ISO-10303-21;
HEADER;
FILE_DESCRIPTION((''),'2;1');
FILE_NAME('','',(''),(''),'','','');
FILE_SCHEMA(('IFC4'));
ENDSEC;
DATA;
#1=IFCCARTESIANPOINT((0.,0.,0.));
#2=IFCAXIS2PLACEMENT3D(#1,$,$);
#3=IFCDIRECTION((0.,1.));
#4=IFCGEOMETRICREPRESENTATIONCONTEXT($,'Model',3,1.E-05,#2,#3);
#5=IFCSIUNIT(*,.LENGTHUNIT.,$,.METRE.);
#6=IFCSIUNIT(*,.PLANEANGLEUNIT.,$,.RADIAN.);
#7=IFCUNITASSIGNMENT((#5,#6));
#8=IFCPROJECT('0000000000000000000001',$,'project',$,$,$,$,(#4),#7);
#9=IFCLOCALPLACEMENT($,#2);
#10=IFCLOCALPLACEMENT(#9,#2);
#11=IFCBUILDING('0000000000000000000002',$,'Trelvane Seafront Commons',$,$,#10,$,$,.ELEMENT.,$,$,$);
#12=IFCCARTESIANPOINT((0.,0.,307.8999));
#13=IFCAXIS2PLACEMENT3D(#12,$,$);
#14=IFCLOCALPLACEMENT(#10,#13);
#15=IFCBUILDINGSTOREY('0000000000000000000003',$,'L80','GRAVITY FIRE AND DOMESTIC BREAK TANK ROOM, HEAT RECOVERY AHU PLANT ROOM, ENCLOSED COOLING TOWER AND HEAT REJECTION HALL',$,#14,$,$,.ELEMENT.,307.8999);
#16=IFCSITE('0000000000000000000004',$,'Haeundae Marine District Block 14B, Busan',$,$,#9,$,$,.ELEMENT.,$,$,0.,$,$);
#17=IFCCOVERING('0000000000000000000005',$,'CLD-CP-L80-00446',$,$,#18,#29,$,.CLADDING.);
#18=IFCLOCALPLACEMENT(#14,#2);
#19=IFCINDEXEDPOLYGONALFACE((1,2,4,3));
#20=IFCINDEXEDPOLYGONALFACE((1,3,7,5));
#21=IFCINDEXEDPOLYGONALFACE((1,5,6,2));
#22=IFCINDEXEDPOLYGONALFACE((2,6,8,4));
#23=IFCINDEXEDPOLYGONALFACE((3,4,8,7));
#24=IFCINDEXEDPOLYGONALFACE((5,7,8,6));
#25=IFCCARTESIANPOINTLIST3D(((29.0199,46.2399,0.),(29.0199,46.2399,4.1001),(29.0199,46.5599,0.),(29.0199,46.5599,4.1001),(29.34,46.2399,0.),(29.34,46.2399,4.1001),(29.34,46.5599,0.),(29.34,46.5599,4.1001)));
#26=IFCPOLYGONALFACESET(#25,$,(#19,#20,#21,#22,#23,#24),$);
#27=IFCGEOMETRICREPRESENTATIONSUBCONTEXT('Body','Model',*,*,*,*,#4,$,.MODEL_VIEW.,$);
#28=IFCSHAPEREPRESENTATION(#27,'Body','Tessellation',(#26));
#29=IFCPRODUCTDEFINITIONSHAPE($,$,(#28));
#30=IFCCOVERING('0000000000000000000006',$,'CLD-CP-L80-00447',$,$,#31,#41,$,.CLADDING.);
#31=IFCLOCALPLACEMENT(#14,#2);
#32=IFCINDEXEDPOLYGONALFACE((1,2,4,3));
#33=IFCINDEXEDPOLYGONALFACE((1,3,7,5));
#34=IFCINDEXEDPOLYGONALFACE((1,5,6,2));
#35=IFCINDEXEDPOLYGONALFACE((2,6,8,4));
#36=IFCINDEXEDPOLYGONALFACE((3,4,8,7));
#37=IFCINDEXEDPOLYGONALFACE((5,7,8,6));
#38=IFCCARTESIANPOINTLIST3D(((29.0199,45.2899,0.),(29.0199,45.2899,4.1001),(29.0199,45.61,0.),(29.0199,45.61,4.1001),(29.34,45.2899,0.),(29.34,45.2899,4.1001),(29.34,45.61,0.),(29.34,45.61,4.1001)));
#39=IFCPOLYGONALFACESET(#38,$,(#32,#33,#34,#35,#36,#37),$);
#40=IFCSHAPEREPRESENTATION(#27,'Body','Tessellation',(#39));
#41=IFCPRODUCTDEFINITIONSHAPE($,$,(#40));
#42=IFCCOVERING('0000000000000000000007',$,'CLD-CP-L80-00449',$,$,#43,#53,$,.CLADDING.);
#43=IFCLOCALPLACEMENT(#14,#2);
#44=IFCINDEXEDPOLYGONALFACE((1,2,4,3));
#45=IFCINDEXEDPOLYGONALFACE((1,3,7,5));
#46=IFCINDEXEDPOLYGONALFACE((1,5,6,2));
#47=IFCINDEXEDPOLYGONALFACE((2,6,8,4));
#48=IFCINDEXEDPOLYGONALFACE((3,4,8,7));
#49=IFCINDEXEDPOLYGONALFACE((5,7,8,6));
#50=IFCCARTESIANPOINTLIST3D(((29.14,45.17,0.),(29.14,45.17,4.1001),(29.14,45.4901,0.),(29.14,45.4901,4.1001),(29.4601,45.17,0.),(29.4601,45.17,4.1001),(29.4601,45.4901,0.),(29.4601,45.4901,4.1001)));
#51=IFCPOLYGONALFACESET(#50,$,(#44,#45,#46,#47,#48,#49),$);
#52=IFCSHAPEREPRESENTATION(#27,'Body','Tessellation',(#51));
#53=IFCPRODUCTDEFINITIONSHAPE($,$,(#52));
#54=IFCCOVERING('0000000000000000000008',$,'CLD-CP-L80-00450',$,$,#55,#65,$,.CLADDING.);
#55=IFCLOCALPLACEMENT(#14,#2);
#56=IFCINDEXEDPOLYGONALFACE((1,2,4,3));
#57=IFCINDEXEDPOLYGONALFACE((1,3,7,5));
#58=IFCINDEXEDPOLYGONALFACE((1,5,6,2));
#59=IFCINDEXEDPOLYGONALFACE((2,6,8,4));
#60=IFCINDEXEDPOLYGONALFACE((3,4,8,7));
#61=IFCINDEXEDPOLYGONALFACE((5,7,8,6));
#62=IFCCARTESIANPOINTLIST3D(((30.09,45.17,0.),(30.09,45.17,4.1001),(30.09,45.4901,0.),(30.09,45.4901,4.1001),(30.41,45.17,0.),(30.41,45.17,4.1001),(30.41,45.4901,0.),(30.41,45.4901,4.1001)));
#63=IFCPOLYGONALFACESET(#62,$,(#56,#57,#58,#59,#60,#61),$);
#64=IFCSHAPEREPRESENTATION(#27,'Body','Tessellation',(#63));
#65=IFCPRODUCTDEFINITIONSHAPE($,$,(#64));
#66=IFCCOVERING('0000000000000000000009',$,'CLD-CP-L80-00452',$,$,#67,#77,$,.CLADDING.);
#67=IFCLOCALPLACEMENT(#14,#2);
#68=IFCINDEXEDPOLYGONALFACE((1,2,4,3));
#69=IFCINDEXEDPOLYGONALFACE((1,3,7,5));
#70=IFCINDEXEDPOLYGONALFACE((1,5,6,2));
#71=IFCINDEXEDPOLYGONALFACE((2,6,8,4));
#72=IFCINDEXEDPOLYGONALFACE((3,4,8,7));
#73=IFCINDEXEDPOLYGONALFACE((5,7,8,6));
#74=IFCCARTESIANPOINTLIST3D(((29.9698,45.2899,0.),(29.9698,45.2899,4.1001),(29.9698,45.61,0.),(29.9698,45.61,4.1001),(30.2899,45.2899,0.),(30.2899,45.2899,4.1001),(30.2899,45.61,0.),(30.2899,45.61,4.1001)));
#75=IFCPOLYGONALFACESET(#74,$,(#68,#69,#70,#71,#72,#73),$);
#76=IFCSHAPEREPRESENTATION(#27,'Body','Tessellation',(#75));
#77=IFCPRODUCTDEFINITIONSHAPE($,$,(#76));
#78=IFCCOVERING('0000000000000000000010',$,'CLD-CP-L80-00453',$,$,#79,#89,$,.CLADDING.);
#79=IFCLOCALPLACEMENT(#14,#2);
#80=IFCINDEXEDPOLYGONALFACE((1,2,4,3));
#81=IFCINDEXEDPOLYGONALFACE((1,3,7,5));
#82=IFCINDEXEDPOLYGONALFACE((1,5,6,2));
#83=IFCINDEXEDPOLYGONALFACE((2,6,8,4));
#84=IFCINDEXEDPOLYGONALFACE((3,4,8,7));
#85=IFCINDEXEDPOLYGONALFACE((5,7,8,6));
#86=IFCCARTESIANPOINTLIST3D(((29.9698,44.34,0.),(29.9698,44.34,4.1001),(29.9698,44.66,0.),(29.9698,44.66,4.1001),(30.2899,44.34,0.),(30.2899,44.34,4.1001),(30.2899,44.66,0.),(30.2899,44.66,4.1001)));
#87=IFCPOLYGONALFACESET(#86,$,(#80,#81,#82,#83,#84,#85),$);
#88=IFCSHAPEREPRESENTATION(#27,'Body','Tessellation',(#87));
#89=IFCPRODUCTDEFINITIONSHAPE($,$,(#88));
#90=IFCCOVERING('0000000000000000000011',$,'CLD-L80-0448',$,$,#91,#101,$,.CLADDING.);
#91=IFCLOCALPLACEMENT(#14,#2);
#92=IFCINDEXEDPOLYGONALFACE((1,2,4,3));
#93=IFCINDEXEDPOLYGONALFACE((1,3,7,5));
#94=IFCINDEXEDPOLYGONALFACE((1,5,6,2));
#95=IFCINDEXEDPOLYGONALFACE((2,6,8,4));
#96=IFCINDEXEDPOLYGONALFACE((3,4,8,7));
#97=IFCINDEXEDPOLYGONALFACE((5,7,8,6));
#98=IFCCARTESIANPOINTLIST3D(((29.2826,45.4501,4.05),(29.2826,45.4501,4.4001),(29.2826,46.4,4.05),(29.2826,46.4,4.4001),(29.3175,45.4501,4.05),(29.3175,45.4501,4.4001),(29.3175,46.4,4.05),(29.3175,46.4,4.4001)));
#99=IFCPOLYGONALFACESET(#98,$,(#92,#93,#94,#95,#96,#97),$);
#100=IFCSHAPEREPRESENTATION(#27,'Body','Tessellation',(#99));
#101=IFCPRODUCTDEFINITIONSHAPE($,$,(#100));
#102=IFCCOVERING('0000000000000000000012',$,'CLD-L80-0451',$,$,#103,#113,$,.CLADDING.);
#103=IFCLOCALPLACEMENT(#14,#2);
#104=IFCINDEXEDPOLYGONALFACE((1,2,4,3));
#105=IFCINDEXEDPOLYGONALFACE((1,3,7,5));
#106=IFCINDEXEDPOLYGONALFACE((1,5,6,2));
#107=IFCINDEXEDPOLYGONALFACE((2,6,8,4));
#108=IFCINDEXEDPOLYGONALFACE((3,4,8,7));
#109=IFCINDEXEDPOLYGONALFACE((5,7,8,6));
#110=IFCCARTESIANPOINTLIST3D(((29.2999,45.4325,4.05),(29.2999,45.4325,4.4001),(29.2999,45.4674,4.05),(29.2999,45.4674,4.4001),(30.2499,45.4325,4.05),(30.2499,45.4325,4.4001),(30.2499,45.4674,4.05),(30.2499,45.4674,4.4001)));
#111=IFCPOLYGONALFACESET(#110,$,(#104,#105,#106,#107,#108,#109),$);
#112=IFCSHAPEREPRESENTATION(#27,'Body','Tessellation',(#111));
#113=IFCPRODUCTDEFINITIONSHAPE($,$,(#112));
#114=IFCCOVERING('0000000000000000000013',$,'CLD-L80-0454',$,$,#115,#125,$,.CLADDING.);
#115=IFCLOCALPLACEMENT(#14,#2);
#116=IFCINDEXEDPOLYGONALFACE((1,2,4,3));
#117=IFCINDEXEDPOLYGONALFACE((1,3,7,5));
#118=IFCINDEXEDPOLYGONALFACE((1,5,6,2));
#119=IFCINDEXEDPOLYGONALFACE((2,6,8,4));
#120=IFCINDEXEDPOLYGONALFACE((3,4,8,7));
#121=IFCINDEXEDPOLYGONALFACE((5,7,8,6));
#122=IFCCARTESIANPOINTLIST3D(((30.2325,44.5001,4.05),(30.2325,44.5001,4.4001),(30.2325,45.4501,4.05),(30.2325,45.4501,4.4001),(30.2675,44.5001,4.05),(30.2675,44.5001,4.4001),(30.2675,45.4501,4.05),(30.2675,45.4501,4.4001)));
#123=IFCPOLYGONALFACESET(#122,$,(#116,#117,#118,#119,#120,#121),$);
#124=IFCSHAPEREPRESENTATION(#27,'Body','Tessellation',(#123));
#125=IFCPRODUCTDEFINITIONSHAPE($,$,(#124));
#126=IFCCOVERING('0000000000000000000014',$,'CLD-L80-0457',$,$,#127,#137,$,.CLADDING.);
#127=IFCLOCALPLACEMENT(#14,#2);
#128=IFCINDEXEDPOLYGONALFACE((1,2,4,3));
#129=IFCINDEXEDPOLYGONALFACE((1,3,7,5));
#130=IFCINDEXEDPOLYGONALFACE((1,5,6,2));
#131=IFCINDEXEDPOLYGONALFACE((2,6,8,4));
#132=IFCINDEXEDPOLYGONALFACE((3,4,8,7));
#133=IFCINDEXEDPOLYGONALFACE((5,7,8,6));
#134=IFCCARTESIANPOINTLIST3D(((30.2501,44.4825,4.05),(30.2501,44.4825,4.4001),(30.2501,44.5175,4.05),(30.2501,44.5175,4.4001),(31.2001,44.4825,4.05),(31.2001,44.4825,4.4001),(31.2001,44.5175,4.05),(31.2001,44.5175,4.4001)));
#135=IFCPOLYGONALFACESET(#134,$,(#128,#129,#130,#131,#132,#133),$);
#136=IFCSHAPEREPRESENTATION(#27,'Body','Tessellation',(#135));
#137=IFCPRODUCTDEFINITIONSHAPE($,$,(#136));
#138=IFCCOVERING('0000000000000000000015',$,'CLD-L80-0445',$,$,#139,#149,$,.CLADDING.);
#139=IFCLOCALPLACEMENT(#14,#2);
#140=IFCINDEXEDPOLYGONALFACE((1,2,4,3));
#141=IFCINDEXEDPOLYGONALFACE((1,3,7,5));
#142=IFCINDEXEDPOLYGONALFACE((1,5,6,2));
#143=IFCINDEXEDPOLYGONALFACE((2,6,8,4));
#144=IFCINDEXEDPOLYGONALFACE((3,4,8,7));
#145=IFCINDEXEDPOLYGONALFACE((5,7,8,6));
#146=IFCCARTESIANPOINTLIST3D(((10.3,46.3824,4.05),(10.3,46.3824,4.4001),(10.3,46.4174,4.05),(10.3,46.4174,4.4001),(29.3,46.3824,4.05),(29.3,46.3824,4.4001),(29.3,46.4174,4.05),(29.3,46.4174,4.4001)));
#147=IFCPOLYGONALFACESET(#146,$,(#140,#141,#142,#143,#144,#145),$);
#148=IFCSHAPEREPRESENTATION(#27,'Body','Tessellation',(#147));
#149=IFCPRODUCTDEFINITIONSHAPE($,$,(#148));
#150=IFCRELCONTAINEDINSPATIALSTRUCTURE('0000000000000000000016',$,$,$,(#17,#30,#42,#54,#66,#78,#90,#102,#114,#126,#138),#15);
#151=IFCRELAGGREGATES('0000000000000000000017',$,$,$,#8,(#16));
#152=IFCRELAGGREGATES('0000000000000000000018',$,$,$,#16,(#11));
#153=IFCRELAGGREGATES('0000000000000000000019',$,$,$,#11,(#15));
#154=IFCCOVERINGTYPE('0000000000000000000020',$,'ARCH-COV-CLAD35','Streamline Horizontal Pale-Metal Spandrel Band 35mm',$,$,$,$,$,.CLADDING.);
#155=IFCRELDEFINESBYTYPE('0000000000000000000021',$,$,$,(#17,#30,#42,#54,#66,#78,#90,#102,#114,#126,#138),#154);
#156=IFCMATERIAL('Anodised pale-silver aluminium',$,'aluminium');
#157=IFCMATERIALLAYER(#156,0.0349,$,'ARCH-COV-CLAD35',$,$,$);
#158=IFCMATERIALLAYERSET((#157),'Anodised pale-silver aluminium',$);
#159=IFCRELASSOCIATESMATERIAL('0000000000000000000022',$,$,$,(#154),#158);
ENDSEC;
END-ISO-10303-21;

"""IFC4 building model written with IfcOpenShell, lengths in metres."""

from ifc_helpers import new_model, si_unit, direction, frame, origin, origin_2d, place, context, subcontext, project, spatial, rectangle, extrude, source, transform, mapped, material, layer, layer_set, type_object, element, save


model = new_model("IFC4")

# Units and contexts
model_context = context("Model", 3, precision=1e-05, world=origin(), true_north=direction((0.0, 1.0)))
body_context = subcontext(model_context, "Body", "Model", "MODEL_VIEW")
ifc_project = project(units=[si_unit("LENGTHUNIT", "METRE"), si_unit("PLANEANGLEUNIT", "RADIAN")], contexts=[model_context])

# Site, building, storey
site_placement = place(None, origin())
site = spatial("IfcSite", under=ifc_project, at=site_placement, Name="Haeundae Marine District Block 14B, Busan", CompositionType="ELEMENT", RefElevation=0.0)
building_placement = place(site_placement, origin())
building = spatial("IfcBuilding", under=site, at=building_placement, Name="Trelvane Seafront Commons", CompositionType="ELEMENT")
storey_placement = place(building_placement, frame((0.0, 0.0, 307.8999)))
storey = spatial("IfcBuildingStorey", under=building, at=storey_placement, Name="L80", Description="GRAVITY FIRE AND DOMESTIC BREAK TANK ROOM, HEAT RECOVERY AHU PLANT ROOM, ENCLOSED COOLING TOWER AND HEAT REJECTION HALL", CompositionType="ELEMENT", Elevation=307.8999)

# Shared definitions
ifc_material_1 = material(Name="Anodised pale-silver aluminium", Category="aluminium")

# Coverings
ifc_layer_1 = layer(ifc_material_1, 0.0349, Name="ARCH-COV-CLAD35")
ifc_layer_set_1 = layer_set([ifc_layer_1], Name="Anodised pale-silver aluminium")
covering_type = type_object("IfcCoveringType", Name="ARCH-COV-CLAD35", Description="Streamline Horizontal Pale-Metal Spandrel Band 35mm", PredefinedType="CLADDING", material=ifc_layer_set_1)
shared_shape_1 = source(origin(), body_context, "Body", "SweptSolid", [
    extrude(rectangle(XDim=0.3201, YDim=0.3201, at=origin_2d()), origin(), (0.0, 0.0, 1.0), 4.1001),
])
for number, where, z_axis, x_axis, name in (
    (1, (29.1799, 46.3999, 0.0), (0.0, 0.0, 1.0), (1.0, 0.0, 0.0), "CLD-CP-L80-00446"),
    (2, (29.1799, 45.45, 0.0), (0.0, 0.0, 1.0), (1.0, 0.0, 0.0), "CLD-CP-L80-00447"),
    (3, (29.3, 45.3301, 0.0), (0.0, 0.0, 1.0), (1.0, 0.0, 0.0), "CLD-CP-L80-00449"),
    (4, (30.25, 45.3301, 0.0), (0.0, 0.0, 1.0), (1.0, 0.0, 0.0), "CLD-CP-L80-00450"),
    (5, (30.1299, 45.45, 0.0), (0.0, 0.0, 1.0), (1.0, 0.0, 0.0), "CLD-CP-L80-00452"),
    (6, (30.1299, 44.5, 0.0), (0.0, 0.0, 1.0), (1.0, 0.0, 0.0), "CLD-CP-L80-00453"),
):
    element("IfcCovering", number, at=place(storey_placement, frame(where, z_axis=z_axis, x_axis=x_axis)), inside=storey, type_object=covering_type, Name=name, PredefinedType="CLADDING", context=body_context, shape_type="MappedRepresentation", body=[
        mapped(shared_shape_1, transform((0.0, 0.0, 0.0), x_axis=(1.0, 0.0, 0.0), y_axis=(0.0, 1.0, 0.0), z_axis=(0.0, 0.0, 1.0), scale=1.0)),
    ])
shared_shape_2 = source(origin(), body_context, "Body", "SweptSolid", [
    extrude(rectangle(XDim=0.95, YDim=0.0349, at=origin_2d()), origin(), (0.0, 0.0, 1.0), 0.3501),
])
for number, where, z_axis, x_axis, name in (
    (7, (29.3, 45.925, 4.05), (0.0, 0.0, 1.0), (0.0, -1.0, 0.0), "CLD-L80-0448"),
    (8, (29.7749, 45.45, 4.05), (0.0, 0.0, 1.0), (1.0, 0.0, 0.0), "CLD-L80-0451"),
    (9, (30.25, 44.9751, 4.05), (0.0, 0.0, 1.0), (0.0, -1.0, 0.0), "CLD-L80-0454"),
    (10, (30.7251, 44.5, 4.05), (0.0, 0.0, 1.0), (1.0, 0.0, 0.0), "CLD-L80-0457"),
):
    element("IfcCovering", number, at=place(storey_placement, frame(where, z_axis=z_axis, x_axis=x_axis)), inside=storey, type_object=covering_type, Name=name, PredefinedType="CLADDING", context=body_context, shape_type="MappedRepresentation", body=[
        mapped(shared_shape_2, transform((0.0, 0.0, 0.0), x_axis=(1.0, 0.0, 0.0), y_axis=(0.0, 1.0, 0.0), z_axis=(0.0, 0.0, 1.0), scale=1.0)),
    ])
shared_shape_3 = source(origin(), body_context, "Body", "SweptSolid", [
    extrude(rectangle(XDim=19.0, YDim=0.0349, at=origin_2d()), origin(), (0.0, 0.0, 1.0), 0.3501),
])
covering_placement = place(storey_placement, frame((19.8, 46.3999, 4.05), z_axis=(0.0, 0.0, 1.0), x_axis=(1.0, 0.0, 0.0)))
element("IfcCovering", 11, at=covering_placement, inside=storey, type_object=covering_type, Name="CLD-L80-0445", PredefinedType="CLADDING", context=body_context, shape_type="MappedRepresentation", body=[
    mapped(shared_shape_3, transform((0.0, 0.0, 0.0), x_axis=(1.0, 0.0, 0.0), y_axis=(0.0, 1.0, 0.0), z_axis=(0.0, 0.0, 1.0), scale=1.0)),
])

save(model, "model.ifc")
